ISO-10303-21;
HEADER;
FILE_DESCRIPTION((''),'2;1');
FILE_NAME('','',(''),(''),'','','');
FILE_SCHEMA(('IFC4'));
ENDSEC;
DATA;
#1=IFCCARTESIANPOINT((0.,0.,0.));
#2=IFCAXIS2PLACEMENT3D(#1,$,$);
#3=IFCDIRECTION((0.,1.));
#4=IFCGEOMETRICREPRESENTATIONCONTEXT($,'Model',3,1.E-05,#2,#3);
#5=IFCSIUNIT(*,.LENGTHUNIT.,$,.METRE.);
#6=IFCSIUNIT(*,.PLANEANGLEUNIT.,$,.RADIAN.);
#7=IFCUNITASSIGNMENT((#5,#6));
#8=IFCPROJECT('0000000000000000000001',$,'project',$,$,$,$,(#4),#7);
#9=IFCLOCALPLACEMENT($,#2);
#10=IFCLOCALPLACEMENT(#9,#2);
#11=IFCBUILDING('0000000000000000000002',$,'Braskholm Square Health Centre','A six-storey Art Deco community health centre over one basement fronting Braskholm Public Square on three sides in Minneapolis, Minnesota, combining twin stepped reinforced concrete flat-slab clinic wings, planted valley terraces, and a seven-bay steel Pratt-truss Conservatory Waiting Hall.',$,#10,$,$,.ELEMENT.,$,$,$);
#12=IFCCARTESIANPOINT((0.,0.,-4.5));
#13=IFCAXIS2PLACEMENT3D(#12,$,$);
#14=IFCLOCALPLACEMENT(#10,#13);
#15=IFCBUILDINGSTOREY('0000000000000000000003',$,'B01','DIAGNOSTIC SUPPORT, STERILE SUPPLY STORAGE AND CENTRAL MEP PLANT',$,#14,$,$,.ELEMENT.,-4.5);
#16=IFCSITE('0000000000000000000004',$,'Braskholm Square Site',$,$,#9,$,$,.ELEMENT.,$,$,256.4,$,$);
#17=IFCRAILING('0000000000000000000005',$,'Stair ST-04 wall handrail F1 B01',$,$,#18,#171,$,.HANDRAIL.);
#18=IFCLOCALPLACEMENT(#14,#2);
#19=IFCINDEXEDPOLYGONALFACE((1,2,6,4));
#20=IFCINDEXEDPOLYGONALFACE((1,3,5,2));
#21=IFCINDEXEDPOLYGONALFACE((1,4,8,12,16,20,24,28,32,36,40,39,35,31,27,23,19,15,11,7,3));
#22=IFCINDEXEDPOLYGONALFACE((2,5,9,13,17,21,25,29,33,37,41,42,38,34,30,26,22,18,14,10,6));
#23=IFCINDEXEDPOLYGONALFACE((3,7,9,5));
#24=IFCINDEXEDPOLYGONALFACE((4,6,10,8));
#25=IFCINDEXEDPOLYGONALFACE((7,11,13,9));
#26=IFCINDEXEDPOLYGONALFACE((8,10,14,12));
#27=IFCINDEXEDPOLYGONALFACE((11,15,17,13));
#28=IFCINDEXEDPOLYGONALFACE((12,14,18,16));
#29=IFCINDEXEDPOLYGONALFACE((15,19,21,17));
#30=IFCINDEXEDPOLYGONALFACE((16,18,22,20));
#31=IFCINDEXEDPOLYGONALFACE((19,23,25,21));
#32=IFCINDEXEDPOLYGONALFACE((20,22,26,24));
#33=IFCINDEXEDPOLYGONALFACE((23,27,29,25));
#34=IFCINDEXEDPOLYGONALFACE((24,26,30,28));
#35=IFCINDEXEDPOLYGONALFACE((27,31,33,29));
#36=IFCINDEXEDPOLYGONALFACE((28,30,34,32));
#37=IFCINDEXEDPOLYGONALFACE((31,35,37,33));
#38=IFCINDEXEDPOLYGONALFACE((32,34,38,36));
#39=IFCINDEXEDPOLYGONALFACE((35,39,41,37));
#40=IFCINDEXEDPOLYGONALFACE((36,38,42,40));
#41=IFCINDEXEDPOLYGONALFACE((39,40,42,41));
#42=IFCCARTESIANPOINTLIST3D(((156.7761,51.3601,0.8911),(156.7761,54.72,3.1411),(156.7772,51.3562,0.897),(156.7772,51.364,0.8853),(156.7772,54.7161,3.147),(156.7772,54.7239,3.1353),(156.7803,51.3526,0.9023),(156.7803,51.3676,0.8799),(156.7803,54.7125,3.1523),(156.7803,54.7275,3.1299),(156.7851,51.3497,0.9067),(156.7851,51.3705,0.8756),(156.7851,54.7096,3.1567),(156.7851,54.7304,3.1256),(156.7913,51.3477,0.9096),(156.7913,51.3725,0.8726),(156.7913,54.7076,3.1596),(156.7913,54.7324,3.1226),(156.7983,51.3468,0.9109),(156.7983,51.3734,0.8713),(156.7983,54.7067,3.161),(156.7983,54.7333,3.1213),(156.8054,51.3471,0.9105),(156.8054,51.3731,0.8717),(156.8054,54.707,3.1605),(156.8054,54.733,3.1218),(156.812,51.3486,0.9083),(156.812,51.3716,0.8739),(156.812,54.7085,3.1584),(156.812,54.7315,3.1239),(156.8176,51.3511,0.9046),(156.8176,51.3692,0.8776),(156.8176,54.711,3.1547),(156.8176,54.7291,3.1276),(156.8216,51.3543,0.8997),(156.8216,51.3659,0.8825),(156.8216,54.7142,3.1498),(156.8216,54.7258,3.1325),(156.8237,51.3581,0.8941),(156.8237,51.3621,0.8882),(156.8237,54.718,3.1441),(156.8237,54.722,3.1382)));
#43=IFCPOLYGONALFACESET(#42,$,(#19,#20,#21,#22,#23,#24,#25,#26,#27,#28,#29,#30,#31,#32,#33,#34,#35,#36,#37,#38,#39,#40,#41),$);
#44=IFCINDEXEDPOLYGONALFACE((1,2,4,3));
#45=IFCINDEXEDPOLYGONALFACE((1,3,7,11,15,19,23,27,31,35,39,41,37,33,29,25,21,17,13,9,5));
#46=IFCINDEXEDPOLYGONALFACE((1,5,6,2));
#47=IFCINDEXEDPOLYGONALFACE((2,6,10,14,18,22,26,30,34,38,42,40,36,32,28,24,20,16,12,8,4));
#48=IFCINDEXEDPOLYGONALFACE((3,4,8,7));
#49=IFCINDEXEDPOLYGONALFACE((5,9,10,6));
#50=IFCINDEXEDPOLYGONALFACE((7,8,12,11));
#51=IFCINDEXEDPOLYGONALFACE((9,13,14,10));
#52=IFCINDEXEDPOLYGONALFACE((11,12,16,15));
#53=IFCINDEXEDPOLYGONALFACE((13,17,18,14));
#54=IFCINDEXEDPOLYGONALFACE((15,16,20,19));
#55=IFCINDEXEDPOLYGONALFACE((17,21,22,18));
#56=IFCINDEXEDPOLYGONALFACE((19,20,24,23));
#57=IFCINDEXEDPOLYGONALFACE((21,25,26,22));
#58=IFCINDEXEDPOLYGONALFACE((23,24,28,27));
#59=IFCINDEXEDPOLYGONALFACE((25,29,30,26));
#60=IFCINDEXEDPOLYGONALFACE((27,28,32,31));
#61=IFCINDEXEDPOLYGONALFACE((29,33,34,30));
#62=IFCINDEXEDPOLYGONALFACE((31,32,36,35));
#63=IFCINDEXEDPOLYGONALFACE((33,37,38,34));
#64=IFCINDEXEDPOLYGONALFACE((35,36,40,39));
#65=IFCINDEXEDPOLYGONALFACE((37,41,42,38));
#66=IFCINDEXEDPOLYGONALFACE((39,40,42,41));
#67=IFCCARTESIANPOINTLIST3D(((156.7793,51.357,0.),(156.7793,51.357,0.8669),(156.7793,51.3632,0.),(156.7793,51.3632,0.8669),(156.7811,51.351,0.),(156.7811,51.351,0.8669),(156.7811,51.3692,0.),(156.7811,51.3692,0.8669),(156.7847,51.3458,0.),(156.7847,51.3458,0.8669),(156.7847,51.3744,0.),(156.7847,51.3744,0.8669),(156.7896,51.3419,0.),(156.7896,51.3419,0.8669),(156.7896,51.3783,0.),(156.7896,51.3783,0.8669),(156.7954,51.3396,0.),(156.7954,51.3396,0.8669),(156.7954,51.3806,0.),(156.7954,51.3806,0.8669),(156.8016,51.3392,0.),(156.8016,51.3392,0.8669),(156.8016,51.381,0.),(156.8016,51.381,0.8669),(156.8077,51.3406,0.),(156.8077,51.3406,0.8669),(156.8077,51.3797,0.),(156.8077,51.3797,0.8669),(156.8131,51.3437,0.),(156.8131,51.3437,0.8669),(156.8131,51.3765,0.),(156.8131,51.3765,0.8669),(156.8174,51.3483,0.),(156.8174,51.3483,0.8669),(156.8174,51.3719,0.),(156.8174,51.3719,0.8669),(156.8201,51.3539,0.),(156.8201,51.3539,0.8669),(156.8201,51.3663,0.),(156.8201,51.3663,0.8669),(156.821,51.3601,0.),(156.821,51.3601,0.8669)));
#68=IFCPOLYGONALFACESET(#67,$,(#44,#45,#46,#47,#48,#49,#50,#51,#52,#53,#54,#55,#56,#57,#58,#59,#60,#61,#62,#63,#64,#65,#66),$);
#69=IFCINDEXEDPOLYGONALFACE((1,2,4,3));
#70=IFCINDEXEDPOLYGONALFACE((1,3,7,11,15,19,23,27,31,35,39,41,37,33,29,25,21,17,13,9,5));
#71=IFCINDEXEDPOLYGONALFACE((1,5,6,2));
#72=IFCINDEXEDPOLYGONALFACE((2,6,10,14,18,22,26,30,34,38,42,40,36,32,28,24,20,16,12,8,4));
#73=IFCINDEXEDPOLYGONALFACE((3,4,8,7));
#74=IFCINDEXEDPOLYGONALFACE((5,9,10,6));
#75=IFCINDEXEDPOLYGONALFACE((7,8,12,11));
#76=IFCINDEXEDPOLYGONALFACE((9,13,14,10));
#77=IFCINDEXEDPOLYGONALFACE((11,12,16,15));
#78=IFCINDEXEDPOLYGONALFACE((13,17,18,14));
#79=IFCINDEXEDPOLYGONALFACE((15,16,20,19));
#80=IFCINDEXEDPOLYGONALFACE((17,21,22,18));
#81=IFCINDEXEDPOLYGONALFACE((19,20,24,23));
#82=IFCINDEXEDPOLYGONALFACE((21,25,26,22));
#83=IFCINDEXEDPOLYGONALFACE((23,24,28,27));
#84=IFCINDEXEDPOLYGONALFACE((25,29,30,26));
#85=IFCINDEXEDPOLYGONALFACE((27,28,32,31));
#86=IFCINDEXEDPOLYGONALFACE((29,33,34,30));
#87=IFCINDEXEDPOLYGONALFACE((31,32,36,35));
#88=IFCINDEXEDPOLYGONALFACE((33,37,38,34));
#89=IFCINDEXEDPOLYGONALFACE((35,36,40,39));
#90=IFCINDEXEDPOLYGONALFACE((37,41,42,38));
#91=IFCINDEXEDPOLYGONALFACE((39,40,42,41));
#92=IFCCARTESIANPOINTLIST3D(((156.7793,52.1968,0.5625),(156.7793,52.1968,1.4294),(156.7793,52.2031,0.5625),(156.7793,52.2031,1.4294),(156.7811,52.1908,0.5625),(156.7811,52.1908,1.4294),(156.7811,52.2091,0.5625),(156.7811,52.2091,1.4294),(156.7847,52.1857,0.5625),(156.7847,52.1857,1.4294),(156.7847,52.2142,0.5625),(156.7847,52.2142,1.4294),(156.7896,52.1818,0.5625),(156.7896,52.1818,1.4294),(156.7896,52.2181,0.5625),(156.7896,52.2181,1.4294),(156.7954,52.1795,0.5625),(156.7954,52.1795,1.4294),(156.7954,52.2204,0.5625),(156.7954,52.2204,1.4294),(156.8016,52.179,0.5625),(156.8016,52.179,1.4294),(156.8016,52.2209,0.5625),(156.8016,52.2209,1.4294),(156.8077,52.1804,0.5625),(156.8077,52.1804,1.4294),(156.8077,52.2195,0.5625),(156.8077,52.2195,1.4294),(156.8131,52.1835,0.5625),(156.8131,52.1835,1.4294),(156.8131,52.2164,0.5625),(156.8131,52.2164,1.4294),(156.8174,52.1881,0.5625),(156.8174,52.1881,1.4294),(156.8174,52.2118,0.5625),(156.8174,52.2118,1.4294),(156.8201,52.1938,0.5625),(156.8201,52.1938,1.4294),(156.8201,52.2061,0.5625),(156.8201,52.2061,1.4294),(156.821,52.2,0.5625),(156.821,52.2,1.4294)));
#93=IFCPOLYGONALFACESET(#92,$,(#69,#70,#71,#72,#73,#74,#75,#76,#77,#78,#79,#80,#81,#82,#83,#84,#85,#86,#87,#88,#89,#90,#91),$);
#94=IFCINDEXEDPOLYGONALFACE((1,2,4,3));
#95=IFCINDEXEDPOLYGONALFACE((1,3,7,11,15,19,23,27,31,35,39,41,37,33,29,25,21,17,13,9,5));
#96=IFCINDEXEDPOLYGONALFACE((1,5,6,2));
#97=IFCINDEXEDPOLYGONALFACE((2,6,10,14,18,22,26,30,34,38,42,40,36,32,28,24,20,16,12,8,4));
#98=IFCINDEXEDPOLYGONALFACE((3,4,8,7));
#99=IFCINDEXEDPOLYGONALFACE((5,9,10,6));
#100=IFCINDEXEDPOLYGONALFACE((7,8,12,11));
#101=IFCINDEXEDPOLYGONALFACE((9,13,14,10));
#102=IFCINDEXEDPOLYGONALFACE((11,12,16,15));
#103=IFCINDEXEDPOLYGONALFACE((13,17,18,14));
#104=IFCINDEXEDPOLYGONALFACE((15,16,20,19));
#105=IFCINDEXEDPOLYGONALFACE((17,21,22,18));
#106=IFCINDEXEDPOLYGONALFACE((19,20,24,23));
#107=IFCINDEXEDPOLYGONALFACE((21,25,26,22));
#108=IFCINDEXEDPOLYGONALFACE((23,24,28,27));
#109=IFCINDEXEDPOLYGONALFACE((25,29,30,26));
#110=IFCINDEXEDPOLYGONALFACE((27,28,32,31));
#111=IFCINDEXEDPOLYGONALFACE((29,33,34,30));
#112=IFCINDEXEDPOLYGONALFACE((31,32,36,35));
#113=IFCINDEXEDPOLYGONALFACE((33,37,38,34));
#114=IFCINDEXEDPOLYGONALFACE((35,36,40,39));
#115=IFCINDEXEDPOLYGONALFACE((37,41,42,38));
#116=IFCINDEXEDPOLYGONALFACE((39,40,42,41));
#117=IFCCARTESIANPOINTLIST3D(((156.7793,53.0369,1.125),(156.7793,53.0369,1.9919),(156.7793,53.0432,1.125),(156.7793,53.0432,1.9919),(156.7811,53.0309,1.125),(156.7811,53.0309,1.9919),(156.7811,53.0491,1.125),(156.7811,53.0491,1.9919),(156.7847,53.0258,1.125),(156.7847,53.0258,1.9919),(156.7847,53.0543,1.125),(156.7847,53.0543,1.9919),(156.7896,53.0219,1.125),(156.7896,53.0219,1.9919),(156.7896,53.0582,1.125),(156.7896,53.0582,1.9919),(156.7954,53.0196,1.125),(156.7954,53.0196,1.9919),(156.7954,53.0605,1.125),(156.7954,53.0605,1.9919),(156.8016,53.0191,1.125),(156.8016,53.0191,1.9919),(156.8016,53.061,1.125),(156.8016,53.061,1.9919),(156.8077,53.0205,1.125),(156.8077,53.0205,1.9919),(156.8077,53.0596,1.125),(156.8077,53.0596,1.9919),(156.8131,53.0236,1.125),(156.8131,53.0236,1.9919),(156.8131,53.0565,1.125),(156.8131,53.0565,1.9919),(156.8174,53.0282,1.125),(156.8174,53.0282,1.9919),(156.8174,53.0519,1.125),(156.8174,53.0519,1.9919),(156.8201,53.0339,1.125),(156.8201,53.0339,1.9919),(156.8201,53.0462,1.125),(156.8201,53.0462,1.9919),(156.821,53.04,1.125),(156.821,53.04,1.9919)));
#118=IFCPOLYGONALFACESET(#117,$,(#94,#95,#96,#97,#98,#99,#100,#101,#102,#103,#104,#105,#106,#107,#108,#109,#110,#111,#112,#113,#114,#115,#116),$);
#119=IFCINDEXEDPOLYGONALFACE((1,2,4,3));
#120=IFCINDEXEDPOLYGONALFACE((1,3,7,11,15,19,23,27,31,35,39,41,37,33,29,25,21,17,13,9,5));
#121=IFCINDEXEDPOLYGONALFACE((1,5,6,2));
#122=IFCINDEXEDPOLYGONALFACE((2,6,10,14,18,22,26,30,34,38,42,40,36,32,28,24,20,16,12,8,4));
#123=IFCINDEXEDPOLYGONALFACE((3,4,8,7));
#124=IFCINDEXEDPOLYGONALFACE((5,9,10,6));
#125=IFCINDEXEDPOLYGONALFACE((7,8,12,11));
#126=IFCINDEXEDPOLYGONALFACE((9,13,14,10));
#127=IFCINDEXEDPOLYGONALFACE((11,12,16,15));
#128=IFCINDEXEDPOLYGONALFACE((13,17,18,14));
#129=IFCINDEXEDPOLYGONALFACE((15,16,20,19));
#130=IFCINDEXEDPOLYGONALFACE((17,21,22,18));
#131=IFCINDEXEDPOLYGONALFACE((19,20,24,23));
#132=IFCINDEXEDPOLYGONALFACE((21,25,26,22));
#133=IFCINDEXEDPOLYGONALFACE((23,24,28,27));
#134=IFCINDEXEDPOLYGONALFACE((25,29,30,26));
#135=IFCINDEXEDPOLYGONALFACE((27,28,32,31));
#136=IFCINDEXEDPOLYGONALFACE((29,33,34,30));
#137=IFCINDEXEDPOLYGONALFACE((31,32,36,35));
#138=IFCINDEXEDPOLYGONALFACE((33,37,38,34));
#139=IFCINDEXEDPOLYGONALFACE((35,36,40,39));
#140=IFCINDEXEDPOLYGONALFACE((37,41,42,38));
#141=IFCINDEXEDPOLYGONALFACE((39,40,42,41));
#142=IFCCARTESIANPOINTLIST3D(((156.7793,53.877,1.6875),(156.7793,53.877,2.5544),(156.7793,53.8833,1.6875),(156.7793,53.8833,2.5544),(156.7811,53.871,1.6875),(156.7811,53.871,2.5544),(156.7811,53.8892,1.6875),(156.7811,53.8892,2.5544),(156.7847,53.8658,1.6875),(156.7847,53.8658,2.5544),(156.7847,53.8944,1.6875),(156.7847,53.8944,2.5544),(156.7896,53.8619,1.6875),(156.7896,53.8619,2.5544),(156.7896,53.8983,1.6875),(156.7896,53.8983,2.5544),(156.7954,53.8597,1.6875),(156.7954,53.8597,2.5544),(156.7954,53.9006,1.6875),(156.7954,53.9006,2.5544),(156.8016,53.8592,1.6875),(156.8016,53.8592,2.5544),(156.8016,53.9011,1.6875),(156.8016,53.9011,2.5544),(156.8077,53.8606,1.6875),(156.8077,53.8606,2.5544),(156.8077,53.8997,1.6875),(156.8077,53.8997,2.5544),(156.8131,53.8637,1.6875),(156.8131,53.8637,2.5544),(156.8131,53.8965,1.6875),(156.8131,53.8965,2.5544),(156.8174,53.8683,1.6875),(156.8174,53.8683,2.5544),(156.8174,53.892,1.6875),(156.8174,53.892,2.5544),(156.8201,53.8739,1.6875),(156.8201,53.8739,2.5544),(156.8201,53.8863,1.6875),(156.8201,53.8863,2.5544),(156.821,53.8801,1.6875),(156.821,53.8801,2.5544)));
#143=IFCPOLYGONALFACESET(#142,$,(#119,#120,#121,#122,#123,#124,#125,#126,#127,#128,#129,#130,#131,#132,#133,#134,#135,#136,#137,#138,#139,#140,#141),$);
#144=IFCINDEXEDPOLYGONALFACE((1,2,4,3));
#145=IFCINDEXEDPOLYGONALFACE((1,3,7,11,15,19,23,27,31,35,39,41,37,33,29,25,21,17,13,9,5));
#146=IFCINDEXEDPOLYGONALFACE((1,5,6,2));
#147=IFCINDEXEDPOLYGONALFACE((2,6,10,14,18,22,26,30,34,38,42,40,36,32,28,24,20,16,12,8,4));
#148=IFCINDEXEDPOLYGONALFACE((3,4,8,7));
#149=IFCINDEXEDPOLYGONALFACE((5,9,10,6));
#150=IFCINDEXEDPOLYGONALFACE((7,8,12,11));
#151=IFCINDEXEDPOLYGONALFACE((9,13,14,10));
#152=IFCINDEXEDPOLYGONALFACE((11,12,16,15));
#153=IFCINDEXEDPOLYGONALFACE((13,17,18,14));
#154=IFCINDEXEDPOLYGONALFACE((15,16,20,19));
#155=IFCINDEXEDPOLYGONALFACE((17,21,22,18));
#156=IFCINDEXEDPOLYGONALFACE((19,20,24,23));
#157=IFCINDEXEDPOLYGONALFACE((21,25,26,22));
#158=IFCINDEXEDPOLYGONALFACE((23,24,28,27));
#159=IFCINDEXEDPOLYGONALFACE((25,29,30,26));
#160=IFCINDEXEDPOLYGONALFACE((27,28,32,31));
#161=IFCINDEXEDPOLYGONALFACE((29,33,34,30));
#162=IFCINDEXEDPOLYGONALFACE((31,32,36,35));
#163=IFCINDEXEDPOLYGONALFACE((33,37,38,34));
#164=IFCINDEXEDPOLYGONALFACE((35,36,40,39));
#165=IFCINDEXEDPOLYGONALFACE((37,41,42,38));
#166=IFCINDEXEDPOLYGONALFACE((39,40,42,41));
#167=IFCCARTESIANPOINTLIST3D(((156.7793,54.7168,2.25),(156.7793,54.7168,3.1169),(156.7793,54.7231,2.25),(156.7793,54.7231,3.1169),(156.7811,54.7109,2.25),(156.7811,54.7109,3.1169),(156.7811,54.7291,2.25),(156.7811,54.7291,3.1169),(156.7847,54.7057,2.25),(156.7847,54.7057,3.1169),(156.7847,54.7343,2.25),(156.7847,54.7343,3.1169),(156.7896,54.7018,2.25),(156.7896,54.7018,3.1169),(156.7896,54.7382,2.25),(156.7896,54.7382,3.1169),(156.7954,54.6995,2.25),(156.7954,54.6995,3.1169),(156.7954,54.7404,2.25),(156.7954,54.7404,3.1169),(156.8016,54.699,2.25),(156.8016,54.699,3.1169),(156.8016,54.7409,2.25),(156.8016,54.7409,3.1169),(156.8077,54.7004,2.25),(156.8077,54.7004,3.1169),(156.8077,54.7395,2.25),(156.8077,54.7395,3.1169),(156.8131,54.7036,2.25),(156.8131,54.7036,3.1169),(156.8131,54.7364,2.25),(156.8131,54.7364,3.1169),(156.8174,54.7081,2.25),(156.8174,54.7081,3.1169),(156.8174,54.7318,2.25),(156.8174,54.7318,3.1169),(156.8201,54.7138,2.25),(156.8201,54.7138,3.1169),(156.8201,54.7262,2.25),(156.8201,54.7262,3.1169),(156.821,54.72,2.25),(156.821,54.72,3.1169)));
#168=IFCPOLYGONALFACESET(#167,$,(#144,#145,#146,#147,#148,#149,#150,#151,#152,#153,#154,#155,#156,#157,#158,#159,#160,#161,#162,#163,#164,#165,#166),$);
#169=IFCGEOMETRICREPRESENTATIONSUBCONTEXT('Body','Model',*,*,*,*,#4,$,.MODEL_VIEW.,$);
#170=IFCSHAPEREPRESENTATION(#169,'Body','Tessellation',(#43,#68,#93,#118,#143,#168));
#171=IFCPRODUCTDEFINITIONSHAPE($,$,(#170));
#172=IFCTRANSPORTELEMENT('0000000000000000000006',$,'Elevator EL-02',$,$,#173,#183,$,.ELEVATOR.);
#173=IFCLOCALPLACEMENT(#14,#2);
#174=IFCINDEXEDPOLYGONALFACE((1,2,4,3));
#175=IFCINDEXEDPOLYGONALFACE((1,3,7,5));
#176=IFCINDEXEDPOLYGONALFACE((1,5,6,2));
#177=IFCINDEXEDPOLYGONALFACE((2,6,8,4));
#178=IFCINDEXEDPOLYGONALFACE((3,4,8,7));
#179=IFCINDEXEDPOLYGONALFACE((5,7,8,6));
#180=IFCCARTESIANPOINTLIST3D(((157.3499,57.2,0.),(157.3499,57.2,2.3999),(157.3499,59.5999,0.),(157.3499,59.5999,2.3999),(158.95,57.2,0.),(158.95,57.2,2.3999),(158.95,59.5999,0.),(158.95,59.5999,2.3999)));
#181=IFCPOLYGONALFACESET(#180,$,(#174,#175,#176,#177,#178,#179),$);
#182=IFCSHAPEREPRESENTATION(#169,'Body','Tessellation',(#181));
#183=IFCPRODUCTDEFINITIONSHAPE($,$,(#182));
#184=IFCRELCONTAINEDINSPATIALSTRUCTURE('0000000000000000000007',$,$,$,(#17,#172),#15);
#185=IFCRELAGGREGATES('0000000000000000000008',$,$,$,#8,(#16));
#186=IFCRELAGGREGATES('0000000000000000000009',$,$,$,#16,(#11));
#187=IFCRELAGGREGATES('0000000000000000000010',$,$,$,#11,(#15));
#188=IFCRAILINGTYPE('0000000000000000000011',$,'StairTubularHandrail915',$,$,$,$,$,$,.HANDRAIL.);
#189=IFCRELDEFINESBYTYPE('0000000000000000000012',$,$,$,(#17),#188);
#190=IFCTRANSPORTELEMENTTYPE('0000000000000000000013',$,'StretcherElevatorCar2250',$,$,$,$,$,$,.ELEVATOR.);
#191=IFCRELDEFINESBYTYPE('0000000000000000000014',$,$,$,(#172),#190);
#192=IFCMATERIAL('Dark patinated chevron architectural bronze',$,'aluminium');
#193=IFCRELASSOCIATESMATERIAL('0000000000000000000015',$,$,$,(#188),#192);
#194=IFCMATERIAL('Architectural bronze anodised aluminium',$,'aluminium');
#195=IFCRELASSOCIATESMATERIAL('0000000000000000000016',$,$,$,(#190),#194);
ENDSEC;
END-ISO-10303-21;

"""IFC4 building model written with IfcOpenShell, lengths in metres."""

from ifc_helpers import new_model, si_unit, direction, frame, origin, origin_2d, place, context, subcontext, project, spatial, rectangle, circle, extrude, material, type_object, element, save


model = new_model("IFC4")

# Units and contexts
model_context = context("Model", 3, precision=1e-05, world=origin(), true_north=direction((0.0, 1.0)))
body_context = subcontext(model_context, "Body", "Model", "MODEL_VIEW")
ifc_project = project(units=[si_unit("LENGTHUNIT", "METRE"), si_unit("PLANEANGLEUNIT", "RADIAN")], contexts=[model_context])

# Site, building, storey
site_placement = place(None, origin())
site = spatial("IfcSite", under=ifc_project, at=site_placement, Name="Braskholm Square Site", CompositionType="ELEMENT", RefElevation=256.4)
building_placement = place(site_placement, origin())
building = spatial("IfcBuilding", under=site, at=building_placement, Name="Braskholm Square Health Centre", Description="A six-storey Art Deco community health centre over one basement fronting Braskholm Public Square on three sides in Minneapolis, Minnesota, combining twin stepped reinforced concrete flat-slab clinic wings, planted valley terraces, and a seven-bay steel Pratt-truss Conservatory Waiting Hall.", CompositionType="ELEMENT")
storey_placement = place(building_placement, frame((0.0, 0.0, -4.5)))
storey = spatial("IfcBuildingStorey", under=building, at=storey_placement, Name="B01", Description="DIAGNOSTIC SUPPORT, STERILE SUPPLY STORAGE AND CENTRAL MEP PLANT", CompositionType="ELEMENT", Elevation=-4.5)

# Railing
ifc_material_1 = material(Name="Dark patinated chevron architectural bronze", Category="aluminium")
railing_type_1 = type_object("IfcRailingType", Name="StairTubularHandrail915", PredefinedType="HANDRAIL", material=ifc_material_1)
railing_1_placement = place(storey_placement, frame((156.8, 51.3601, 0.0)))
element("IfcRailing", 1, at=railing_1_placement, inside=storey, type_object=railing_type_1, Name="Stair ST-04 wall handrail F1 B01", PredefinedType="HANDRAIL", context=body_context, shape_type="SweptSolid", body=[
    extrude(circle(Radius=0.0239, at=origin_2d()), frame((0.0, 0.0, 0.8911), z_axis=(0.0, 0.830897, 0.556427), x_axis=(-1.0, 0.0, 0.0)), (0.0, 0.0, 1.0), 4.0437),
    extrude(circle(Radius=0.021, at=origin_2d()), origin(), (0.0, 0.0, 1.0), 0.8669),
    extrude(circle(Radius=0.021, at=origin_2d()), frame((0.0, 0.8398, 0.5625)), (0.0, 0.0, 1.0), 0.8669),
    extrude(circle(Radius=0.021, at=origin_2d()), frame((0.0, 1.6799, 1.125)), (0.0, 0.0, 1.0), 0.8669),
    extrude(circle(Radius=0.021, at=origin_2d()), frame((0.0, 2.52, 1.6875)), (0.0, 0.0, 1.0), 0.8669),
    extrude(circle(Radius=0.021, at=origin_2d()), frame((0.0, 3.3599, 2.25)), (0.0, 0.0, 1.0), 0.8669),
])

# Transport element
ifc_material_2 = material(Name="Architectural bronze anodised aluminium", Category="aluminium")
transport_element_type = type_object("IfcTransportElementType", Name="StretcherElevatorCar2250", PredefinedType="ELEVATOR", material=ifc_material_2)
transport_element_placement = place(storey_placement, frame((158.1499, 58.3999, 0.0), z_axis=(0.0, 0.0, 1.0), x_axis=(1.0, 0.0, 0.0)))
element("IfcTransportElement", 2, at=transport_element_placement, inside=storey, type_object=transport_element_type, Name="Elevator EL-02", PredefinedType="ELEVATOR", context=body_context, shape_type="SweptSolid", body=[
    extrude(rectangle(XDim=1.6001, YDim=2.3999, at=origin_2d()), origin(), (0.0, 0.0, 1.0), 2.3999),
])

save(model, "model.ifc")
